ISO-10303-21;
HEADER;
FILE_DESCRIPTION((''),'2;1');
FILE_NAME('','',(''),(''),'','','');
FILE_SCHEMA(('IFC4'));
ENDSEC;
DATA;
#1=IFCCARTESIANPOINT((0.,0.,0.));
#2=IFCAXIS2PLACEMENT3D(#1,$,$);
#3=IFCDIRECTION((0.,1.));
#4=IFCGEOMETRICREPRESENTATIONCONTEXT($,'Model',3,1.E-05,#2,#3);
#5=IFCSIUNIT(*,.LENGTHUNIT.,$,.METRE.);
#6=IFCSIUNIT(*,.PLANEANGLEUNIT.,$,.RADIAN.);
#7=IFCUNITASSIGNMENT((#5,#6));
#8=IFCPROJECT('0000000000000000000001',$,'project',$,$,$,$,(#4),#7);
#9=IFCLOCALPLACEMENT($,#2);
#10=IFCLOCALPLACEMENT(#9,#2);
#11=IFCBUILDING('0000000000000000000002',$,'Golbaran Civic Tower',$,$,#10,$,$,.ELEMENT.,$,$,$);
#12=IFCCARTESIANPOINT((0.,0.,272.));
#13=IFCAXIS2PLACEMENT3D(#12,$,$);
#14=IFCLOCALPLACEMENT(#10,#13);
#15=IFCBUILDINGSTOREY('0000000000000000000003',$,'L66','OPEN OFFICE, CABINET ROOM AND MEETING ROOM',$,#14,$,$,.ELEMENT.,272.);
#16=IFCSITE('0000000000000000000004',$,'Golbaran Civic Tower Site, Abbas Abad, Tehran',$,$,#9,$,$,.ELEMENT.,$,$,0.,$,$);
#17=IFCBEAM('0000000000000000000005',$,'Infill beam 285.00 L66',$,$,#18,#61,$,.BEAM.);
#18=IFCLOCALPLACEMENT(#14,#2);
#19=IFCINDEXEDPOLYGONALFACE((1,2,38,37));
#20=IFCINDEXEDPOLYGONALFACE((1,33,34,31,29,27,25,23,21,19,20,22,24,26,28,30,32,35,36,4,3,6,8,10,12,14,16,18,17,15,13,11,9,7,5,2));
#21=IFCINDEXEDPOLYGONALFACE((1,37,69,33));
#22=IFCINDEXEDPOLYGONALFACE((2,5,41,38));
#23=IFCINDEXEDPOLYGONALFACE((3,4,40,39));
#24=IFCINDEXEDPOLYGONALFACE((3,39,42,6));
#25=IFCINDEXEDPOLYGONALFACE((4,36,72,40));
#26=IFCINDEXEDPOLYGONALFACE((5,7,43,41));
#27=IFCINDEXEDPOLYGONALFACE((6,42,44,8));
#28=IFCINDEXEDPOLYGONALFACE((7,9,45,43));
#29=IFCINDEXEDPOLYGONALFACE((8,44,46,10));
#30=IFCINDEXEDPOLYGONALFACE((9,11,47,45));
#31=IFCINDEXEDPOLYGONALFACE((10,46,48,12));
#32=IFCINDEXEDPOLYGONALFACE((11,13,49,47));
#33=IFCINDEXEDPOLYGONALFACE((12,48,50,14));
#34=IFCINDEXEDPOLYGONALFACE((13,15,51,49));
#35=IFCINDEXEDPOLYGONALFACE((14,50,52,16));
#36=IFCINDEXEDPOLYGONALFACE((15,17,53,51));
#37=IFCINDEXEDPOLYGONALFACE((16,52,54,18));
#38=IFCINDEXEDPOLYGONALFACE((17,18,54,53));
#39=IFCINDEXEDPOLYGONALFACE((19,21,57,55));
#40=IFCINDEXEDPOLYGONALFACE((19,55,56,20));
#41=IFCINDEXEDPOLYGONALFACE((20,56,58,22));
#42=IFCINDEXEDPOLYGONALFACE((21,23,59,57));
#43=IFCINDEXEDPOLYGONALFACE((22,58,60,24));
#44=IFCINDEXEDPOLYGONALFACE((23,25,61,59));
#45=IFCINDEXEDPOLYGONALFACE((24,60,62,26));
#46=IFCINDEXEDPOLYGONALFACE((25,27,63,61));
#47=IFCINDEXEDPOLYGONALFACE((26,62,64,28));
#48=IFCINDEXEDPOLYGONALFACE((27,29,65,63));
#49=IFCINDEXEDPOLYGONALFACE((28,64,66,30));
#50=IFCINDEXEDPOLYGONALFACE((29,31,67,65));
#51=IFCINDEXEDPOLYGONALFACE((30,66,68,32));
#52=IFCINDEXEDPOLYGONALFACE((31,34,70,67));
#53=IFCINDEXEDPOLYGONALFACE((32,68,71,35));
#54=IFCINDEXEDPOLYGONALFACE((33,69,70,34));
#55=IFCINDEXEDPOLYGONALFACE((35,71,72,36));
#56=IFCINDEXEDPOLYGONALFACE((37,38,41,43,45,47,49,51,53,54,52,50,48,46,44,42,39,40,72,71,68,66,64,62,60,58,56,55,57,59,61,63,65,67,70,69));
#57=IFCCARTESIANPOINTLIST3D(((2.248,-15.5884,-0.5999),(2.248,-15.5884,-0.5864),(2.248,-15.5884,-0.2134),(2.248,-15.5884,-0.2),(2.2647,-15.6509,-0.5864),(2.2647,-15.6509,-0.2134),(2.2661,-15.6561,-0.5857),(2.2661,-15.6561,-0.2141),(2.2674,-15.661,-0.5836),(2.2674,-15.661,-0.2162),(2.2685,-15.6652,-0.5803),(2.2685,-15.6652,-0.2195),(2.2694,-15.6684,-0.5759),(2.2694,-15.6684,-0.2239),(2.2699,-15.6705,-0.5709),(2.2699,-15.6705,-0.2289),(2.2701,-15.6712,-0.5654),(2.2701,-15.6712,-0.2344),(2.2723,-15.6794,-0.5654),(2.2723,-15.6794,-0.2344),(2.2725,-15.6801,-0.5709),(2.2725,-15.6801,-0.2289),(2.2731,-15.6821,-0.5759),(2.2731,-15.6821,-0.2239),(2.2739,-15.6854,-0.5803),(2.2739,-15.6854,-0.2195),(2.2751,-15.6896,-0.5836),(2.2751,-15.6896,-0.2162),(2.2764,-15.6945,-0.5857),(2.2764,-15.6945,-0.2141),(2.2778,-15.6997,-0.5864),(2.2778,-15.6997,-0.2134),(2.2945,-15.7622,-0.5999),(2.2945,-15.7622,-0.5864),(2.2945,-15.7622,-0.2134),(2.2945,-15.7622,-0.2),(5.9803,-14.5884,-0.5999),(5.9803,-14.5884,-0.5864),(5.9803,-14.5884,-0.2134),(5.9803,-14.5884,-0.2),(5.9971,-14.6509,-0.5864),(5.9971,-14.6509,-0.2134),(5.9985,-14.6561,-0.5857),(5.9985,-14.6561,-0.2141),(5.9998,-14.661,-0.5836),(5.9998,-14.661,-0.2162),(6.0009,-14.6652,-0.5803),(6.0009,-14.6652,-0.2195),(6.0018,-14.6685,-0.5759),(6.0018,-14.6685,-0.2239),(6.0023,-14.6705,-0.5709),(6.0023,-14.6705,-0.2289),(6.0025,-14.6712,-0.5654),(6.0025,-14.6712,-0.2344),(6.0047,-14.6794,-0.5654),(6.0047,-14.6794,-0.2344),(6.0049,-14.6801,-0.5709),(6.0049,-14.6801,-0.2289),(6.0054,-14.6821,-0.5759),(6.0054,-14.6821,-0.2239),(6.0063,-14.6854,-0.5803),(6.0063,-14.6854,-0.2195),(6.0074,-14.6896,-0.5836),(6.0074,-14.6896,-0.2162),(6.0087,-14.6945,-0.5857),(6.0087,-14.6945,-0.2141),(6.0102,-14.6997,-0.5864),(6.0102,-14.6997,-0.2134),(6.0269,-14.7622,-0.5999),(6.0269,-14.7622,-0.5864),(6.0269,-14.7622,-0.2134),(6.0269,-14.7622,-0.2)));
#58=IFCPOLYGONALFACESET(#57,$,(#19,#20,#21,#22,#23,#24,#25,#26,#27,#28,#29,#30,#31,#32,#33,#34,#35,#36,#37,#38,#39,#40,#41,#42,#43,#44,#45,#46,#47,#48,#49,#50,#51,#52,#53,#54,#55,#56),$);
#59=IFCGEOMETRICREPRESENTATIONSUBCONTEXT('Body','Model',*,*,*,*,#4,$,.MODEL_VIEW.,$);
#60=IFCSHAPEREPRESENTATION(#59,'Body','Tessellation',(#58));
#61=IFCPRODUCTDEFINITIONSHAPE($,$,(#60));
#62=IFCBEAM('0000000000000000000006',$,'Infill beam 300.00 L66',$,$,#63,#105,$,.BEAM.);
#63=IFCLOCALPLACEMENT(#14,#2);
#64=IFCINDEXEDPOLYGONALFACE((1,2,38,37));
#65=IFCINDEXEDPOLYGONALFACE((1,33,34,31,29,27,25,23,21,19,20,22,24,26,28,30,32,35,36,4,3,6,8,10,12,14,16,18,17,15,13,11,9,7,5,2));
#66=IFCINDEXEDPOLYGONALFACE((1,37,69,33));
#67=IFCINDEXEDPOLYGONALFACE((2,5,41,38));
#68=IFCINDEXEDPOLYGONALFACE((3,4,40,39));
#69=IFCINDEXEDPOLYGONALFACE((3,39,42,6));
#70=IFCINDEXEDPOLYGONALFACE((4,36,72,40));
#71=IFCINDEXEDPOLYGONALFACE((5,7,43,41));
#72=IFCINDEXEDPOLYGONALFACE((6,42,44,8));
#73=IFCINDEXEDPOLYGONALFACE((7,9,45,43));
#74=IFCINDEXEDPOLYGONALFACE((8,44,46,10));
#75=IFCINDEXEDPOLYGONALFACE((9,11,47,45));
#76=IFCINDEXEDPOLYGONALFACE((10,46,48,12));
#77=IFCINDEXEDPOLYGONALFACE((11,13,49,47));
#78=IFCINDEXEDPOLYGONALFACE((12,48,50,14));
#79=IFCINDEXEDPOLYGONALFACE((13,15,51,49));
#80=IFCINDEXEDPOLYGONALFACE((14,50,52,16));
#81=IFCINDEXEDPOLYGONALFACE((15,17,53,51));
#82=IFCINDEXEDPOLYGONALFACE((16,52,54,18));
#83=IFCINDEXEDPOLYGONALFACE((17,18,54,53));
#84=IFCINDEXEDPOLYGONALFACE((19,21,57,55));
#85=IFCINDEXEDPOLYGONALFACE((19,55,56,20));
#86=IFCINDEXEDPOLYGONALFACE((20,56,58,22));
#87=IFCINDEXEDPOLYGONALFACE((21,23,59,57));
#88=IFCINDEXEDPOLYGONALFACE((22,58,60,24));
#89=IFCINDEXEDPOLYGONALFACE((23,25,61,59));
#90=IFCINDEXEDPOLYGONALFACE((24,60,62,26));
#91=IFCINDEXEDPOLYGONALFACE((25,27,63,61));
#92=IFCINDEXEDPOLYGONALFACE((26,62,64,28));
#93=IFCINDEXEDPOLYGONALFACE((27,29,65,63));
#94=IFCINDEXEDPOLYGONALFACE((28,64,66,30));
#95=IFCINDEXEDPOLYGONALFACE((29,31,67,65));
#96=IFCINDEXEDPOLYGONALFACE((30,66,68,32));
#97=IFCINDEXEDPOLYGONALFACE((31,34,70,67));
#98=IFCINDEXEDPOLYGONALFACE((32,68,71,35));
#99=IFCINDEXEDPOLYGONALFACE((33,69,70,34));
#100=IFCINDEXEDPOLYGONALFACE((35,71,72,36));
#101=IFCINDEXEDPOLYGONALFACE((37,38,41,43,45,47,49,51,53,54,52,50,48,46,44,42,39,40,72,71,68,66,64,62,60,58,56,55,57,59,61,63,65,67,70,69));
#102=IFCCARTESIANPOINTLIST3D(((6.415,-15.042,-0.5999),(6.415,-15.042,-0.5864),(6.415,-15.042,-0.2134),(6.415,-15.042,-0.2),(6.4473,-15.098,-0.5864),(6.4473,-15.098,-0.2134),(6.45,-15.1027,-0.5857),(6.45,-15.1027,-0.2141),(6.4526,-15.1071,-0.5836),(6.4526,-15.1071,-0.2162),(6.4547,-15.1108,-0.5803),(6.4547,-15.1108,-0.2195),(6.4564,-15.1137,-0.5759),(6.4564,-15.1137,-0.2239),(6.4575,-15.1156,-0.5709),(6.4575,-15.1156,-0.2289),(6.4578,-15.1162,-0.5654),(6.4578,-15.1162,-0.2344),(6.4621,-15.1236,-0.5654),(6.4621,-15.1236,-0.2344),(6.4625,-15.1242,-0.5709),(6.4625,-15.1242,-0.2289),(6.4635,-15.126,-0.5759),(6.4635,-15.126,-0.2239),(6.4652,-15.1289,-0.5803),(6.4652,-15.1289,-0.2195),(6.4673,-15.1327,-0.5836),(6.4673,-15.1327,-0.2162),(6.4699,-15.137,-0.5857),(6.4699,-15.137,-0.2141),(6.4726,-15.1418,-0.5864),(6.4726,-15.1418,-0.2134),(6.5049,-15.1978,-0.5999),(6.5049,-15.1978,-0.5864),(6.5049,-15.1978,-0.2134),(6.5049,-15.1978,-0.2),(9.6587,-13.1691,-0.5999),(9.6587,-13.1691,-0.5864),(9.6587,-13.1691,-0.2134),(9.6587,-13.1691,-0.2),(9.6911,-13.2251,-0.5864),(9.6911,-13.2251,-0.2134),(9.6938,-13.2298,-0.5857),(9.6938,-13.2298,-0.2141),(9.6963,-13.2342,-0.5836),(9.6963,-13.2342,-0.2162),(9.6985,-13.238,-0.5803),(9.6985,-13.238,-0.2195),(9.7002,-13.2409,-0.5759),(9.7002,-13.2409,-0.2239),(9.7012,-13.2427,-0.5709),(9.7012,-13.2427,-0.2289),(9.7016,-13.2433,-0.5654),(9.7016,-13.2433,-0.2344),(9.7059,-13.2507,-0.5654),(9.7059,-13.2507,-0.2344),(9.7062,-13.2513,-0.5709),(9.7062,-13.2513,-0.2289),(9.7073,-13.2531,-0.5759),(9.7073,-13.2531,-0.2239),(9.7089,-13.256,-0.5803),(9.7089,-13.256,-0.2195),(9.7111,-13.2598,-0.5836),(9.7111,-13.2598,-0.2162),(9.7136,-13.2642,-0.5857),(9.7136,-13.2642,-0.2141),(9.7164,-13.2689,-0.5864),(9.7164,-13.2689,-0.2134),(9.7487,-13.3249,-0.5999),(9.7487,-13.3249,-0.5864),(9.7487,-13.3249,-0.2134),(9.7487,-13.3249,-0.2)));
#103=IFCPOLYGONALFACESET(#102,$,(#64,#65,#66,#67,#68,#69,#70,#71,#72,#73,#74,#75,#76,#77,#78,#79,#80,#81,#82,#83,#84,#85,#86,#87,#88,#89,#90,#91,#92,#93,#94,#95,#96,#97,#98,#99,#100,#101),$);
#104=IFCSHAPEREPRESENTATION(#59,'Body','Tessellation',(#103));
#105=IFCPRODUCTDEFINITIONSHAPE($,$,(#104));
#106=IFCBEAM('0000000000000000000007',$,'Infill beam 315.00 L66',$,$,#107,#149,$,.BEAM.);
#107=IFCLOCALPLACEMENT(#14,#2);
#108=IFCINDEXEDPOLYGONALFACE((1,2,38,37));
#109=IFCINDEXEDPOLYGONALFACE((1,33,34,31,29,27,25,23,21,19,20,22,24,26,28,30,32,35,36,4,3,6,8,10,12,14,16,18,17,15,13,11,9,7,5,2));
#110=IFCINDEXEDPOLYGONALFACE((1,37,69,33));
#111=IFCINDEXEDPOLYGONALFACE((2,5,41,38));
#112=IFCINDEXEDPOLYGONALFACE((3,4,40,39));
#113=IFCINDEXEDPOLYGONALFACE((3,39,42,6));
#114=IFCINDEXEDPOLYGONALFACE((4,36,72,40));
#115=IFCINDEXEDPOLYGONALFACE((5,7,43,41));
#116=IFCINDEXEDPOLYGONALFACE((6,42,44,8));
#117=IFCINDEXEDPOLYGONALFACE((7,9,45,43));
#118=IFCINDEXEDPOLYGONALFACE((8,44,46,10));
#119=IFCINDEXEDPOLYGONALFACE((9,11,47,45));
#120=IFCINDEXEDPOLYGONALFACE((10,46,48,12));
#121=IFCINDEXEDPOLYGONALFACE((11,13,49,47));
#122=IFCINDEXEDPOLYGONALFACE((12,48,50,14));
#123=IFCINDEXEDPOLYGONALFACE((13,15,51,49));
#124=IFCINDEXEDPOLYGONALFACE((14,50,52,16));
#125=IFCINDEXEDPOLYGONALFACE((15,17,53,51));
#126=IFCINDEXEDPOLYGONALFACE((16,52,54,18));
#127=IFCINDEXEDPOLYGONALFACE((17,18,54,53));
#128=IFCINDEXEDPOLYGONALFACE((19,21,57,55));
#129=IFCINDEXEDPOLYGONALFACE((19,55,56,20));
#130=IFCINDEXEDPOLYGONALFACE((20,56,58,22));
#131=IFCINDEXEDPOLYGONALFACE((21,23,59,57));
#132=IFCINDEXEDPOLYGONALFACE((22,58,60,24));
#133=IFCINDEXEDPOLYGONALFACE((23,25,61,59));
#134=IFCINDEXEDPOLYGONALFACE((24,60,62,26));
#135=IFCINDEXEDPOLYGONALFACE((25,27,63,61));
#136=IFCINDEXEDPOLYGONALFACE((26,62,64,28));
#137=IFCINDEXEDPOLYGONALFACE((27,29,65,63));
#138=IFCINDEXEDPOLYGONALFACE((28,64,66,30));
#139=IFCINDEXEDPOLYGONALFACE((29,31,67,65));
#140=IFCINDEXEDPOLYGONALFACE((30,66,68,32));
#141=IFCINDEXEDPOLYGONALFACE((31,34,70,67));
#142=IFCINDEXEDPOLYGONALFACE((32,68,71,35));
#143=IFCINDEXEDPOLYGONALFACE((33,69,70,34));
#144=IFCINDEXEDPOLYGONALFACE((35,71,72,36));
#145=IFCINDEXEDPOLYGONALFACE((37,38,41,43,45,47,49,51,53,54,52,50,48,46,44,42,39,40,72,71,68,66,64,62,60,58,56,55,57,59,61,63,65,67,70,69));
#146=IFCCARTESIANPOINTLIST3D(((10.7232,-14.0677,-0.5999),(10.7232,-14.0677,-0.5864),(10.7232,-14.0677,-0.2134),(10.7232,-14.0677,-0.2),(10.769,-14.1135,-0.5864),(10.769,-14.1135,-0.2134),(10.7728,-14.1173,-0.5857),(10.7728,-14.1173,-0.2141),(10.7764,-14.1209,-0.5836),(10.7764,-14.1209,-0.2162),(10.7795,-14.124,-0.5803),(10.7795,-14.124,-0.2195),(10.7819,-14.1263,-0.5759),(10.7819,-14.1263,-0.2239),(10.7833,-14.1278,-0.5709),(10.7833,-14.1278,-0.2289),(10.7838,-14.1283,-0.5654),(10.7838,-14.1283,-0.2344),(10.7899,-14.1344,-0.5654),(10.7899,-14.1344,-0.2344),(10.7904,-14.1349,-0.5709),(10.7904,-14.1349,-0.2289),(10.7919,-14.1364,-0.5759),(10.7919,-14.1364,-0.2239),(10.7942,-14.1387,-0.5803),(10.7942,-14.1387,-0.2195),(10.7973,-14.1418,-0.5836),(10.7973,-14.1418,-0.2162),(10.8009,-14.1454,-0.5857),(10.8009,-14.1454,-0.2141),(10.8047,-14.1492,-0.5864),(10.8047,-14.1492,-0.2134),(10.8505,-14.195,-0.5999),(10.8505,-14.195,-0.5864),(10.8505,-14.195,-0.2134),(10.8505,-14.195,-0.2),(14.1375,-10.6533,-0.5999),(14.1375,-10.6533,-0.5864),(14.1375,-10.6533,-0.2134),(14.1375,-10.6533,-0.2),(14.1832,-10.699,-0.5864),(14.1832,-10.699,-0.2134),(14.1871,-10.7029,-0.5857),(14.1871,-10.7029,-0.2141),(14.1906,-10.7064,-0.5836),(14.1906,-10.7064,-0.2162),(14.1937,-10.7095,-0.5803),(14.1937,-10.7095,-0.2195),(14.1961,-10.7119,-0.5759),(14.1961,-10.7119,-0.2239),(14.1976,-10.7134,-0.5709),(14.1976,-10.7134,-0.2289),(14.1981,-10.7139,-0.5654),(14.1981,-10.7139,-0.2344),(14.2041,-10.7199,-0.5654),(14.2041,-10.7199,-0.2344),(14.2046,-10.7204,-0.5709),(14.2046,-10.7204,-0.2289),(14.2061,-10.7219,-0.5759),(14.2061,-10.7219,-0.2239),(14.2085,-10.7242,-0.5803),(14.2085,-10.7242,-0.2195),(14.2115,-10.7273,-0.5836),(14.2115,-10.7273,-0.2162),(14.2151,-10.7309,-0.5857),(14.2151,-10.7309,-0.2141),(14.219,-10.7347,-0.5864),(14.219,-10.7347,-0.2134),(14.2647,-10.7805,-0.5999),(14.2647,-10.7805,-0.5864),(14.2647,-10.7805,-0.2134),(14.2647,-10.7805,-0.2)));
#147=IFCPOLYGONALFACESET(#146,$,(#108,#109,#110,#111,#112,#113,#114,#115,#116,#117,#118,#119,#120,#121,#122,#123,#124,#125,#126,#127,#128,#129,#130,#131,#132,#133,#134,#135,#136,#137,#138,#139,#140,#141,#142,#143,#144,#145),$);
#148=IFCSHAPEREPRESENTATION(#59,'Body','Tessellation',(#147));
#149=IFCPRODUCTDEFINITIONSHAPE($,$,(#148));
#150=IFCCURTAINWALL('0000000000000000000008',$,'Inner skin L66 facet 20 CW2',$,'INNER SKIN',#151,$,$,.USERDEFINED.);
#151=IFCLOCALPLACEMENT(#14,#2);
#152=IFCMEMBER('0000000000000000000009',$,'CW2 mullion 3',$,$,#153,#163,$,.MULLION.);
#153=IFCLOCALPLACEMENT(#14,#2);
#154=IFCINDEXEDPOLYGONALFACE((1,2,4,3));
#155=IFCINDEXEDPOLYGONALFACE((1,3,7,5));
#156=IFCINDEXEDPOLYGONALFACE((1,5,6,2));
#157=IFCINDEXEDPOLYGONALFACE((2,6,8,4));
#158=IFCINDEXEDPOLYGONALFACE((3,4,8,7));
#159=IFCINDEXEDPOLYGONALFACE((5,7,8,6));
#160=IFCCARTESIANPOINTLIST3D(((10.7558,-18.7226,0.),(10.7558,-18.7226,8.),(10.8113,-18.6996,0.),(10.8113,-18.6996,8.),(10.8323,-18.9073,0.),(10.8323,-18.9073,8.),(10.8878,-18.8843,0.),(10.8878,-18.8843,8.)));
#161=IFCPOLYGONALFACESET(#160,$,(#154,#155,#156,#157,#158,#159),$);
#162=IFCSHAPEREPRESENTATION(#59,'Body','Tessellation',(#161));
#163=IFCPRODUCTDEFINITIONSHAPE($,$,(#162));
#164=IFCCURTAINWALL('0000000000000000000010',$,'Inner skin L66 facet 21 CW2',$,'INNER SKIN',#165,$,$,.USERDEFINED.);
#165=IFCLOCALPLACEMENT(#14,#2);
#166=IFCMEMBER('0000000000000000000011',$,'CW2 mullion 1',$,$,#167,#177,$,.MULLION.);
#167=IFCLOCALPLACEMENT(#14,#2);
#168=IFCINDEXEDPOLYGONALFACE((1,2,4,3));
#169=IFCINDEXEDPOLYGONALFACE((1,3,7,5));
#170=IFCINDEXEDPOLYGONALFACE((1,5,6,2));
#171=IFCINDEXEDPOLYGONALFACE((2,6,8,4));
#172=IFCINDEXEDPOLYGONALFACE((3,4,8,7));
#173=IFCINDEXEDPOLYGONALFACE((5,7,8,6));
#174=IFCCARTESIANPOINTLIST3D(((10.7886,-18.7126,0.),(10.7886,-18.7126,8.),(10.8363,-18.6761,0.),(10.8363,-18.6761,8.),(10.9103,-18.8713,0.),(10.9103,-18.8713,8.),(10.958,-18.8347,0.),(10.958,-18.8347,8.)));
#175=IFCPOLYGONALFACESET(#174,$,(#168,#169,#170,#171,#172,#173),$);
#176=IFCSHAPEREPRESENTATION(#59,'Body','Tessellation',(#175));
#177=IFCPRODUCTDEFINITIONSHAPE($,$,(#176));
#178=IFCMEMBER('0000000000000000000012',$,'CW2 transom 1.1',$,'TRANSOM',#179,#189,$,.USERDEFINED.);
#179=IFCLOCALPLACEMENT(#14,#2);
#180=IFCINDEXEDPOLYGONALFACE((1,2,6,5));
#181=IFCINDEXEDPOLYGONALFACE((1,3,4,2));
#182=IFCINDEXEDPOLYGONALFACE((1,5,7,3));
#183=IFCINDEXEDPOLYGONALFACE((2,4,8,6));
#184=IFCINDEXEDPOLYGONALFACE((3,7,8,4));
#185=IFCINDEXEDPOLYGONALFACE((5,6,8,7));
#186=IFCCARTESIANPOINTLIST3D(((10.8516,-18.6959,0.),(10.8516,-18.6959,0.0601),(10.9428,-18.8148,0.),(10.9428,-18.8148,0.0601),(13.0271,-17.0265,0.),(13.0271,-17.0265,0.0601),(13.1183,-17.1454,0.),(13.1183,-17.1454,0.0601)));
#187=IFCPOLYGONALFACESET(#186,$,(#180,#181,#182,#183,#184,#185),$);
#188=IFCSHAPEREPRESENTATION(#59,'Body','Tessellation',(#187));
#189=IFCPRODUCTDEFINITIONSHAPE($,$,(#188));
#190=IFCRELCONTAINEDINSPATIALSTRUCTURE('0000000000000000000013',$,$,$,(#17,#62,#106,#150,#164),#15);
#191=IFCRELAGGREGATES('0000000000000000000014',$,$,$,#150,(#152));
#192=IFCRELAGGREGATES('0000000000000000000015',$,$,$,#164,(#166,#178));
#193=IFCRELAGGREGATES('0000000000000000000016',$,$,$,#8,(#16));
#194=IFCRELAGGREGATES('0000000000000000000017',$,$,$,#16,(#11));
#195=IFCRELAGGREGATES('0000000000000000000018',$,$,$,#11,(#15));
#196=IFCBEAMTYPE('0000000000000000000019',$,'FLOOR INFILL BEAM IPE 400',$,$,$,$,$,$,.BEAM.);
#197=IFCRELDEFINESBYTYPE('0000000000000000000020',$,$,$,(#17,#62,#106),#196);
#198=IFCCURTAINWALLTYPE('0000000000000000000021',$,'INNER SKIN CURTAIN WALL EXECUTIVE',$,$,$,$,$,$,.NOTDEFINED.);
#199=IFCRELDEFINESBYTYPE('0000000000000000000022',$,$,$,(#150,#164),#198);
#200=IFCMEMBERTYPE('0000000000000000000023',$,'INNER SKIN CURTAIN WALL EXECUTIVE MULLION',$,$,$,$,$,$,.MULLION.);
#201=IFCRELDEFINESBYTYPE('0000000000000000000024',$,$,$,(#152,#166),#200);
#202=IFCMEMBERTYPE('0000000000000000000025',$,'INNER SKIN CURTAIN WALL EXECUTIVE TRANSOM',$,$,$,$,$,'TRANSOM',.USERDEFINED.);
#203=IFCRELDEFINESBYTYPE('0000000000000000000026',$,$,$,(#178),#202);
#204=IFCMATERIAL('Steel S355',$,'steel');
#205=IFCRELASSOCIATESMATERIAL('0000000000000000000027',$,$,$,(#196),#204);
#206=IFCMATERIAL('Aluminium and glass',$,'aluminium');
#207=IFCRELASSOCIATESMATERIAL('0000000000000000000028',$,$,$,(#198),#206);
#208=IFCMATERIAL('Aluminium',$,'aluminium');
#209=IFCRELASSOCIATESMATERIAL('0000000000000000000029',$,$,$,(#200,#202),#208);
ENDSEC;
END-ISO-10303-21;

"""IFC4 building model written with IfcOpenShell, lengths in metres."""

from ifc_helpers import new_model, si_unit, direction, frame, origin, origin_2d, place, context, subcontext, project, spatial, rectangle, i_section, extrude, material, material_profile, profile_set, type_object, element, aggregate, save


model = new_model("IFC4")

# Units and contexts
model_context = context("Model", 3, precision=1e-05, world=origin(), true_north=direction((0.0, 1.0)))
body_context = subcontext(model_context, "Body", "Model", "MODEL_VIEW")
ifc_project = project(units=[si_unit("LENGTHUNIT", "METRE"), si_unit("PLANEANGLEUNIT", "RADIAN")], contexts=[model_context])

# Site, building, storey
site_placement = place(None, origin())
site = spatial("IfcSite", under=ifc_project, at=site_placement, Name="Golbaran Civic Tower Site, Abbas Abad, Tehran", CompositionType="ELEMENT", RefElevation=0.0)
building_placement = place(site_placement, origin())
building = spatial("IfcBuilding", under=site, at=building_placement, Name="Golbaran Civic Tower", CompositionType="ELEMENT")
storey_placement = place(building_placement, frame((0.0, 0.0, 272.0)))
storey = spatial("IfcBuildingStorey", under=building, at=storey_placement, Name="L66", Description="OPEN OFFICE, CABINET ROOM AND MEETING ROOM", CompositionType="ELEMENT", Elevation=272.0)

# Beams
ifc_material_1 = material(Name="Steel S355", Category="steel")
ifc_material_profile_1 = material_profile(ifc_material_1, i_section(OverallWidth=0.1799, OverallDepth=0.3999, WebThickness=0.0085, FlangeThickness=0.0134, FilletRadius=0.021, at=origin_2d()), Name="IPE 400")
ifc_profile_set_1 = profile_set([ifc_material_profile_1], Name="Steel S355")
beam_type_1 = type_object("IfcBeamType", Name="FLOOR INFILL BEAM IPE 400", PredefinedType="BEAM", material=ifc_profile_set_1)
beam_1_placement = place(storey_placement, frame((2.2712, -15.6753, -0.3999), z_axis=(0.965932, 0.258795, 0.0), x_axis=(-0.258795, 0.965932, 0.0)))
element("IfcBeam", 1, at=beam_1_placement, inside=storey, type_object=beam_type_1, Name="Infill beam 285.00 L66", PredefinedType="BEAM", context=body_context, shape_type="SweptSolid", body=[
    extrude(i_section(OverallWidth=0.1799, OverallDepth=0.3999, WebThickness=0.0085, FlangeThickness=0.0134, FilletRadius=0.021, at=origin_2d()), origin(), (0.0, 0.0, 1.0), 3.864),
])
beam_2_placement = place(storey_placement, frame((6.46, -15.1199, -0.3999), z_axis=(0.866016, 0.500016, 0.0), x_axis=(-0.500016, 0.866016, 0.0)))
element("IfcBeam", 2, at=beam_2_placement, inside=storey, type_object=beam_type_1, Name="Infill beam 300.00 L66", PredefinedType="BEAM", context=body_context, shape_type="SweptSolid", body=[
    extrude(i_section(OverallWidth=0.1799, OverallDepth=0.3999, WebThickness=0.0085, FlangeThickness=0.0134, FilletRadius=0.021, at=origin_2d()), origin(), (0.0, 0.0, 1.0), 3.7456),
])
beam_3_placement = place(storey_placement, frame((10.7869, -14.1313, -0.3999), z_axis=(0.707082, 0.707132, 0.0), x_axis=(-0.707132, 0.707082, 0.0)))
element("IfcBeam", 3, at=beam_3_placement, inside=storey, type_object=beam_type_1, Name="Infill beam 315.00 L66", PredefinedType="BEAM", context=body_context, shape_type="SweptSolid", body=[
    extrude(i_section(OverallWidth=0.1799, OverallDepth=0.3999, WebThickness=0.0085, FlangeThickness=0.0134, FilletRadius=0.021, at=origin_2d()), origin(), (0.0, 0.0, 1.0), 4.8286),
])

# Curtain wall, member
ifc_material_2 = material(Name="Aluminium and glass", Category="aluminium")
curtain_wall_type = type_object("IfcCurtainWallType", Name="INNER SKIN CURTAIN WALL EXECUTIVE", PredefinedType="NOTDEFINED", material=ifc_material_2)
curtain_wall_1_placement = place(storey_placement, origin())
curtain_wall_1 = element("IfcCurtainWall", 4, at=curtain_wall_1_placement, inside=storey, type_object=curtain_wall_type, Name="Inner skin L66 facet 20 CW2", ObjectType="INNER SKIN", PredefinedType="USERDEFINED")
ifc_material_3 = material(Name="Aluminium", Category="aluminium")
ifc_material_profile_2 = material_profile(ifc_material_3, rectangle(XDim=0.2, YDim=0.0601, at=origin_2d()), Name="INNER SKIN CURTAIN WALL EXECUTIVE MULLION")
ifc_profile_set_2 = profile_set([ifc_material_profile_2], Name="Aluminium")
member_type_1 = type_object("IfcMemberType", Name="INNER SKIN CURTAIN WALL EXECUTIVE MULLION", PredefinedType="MULLION", material=ifc_profile_set_2)
member_1_placement = place(storey_placement, frame((10.8218, -18.8035, 0.0), z_axis=(0.0, 0.0, 1.0), x_axis=(-0.382683, 0.92388, 0.0)))
member_1 = element("IfcMember", 5, at=member_1_placement, type_object=member_type_1, Name="CW2 mullion 3", PredefinedType="MULLION", context=body_context, shape_type="SweptSolid", body=[
    extrude(rectangle(XDim=0.2, YDim=0.0601, at=origin_2d()), origin(), (0.0, 0.0, 1.0), 8.0),
])

# Curtain wall, members
curtain_wall_2_placement = place(storey_placement, origin())
curtain_wall_2 = element("IfcCurtainWall", 6, at=curtain_wall_2_placement, inside=storey, type_object=curtain_wall_type, Name="Inner skin L66 facet 21 CW2", ObjectType="INNER SKIN", PredefinedType="USERDEFINED")
member_2_placement = place(storey_placement, frame((10.8733, -18.7737, 0.0), z_axis=(0.0, 0.0, 1.0), x_axis=(-0.608761, 0.793353, 0.0)))
member_2 = element("IfcMember", 7, at=member_2_placement, type_object=member_type_1, Name="CW2 mullion 1", PredefinedType="MULLION", context=body_context, shape_type="SweptSolid", body=[
    extrude(rectangle(XDim=0.2, YDim=0.0601, at=origin_2d()), origin(), (0.0, 0.0, 1.0), 8.0),
])
ifc_material_profile_3 = material_profile(ifc_material_3, rectangle(XDim=0.1499, YDim=0.0601, at=origin_2d()), Name="INNER SKIN CURTAIN WALL EXECUTIVE TRANSOM")
ifc_profile_set_3 = profile_set([ifc_material_profile_3], Name="Aluminium")
member_type_2 = type_object("IfcMemberType", Name="INNER SKIN CURTAIN WALL EXECUTIVE TRANSOM", ElementType="TRANSOM", PredefinedType="USERDEFINED", material=ifc_profile_set_3)
member_3_placement = place(storey_placement, frame((10.8972, -18.7554, 0.03), z_axis=(0.793338, 0.608781, 0.0), x_axis=(-0.608781, 0.793338, 0.0)))
member_3 = element("IfcMember", 8, at=member_3_placement, type_object=member_type_2, Name="CW2 transom 1.1", ObjectType="TRANSOM", PredefinedType="USERDEFINED", context=body_context, shape_type="SweptSolid", body=[
    extrude(rectangle(XDim=0.1499, YDim=0.0601, at=origin_2d()), origin(), (0.0, 0.0, 1.0), 2.7422),
])

aggregate(curtain_wall_1, [member_1])
aggregate(curtain_wall_2, [member_2, member_3])

save(model, "model.ifc")
